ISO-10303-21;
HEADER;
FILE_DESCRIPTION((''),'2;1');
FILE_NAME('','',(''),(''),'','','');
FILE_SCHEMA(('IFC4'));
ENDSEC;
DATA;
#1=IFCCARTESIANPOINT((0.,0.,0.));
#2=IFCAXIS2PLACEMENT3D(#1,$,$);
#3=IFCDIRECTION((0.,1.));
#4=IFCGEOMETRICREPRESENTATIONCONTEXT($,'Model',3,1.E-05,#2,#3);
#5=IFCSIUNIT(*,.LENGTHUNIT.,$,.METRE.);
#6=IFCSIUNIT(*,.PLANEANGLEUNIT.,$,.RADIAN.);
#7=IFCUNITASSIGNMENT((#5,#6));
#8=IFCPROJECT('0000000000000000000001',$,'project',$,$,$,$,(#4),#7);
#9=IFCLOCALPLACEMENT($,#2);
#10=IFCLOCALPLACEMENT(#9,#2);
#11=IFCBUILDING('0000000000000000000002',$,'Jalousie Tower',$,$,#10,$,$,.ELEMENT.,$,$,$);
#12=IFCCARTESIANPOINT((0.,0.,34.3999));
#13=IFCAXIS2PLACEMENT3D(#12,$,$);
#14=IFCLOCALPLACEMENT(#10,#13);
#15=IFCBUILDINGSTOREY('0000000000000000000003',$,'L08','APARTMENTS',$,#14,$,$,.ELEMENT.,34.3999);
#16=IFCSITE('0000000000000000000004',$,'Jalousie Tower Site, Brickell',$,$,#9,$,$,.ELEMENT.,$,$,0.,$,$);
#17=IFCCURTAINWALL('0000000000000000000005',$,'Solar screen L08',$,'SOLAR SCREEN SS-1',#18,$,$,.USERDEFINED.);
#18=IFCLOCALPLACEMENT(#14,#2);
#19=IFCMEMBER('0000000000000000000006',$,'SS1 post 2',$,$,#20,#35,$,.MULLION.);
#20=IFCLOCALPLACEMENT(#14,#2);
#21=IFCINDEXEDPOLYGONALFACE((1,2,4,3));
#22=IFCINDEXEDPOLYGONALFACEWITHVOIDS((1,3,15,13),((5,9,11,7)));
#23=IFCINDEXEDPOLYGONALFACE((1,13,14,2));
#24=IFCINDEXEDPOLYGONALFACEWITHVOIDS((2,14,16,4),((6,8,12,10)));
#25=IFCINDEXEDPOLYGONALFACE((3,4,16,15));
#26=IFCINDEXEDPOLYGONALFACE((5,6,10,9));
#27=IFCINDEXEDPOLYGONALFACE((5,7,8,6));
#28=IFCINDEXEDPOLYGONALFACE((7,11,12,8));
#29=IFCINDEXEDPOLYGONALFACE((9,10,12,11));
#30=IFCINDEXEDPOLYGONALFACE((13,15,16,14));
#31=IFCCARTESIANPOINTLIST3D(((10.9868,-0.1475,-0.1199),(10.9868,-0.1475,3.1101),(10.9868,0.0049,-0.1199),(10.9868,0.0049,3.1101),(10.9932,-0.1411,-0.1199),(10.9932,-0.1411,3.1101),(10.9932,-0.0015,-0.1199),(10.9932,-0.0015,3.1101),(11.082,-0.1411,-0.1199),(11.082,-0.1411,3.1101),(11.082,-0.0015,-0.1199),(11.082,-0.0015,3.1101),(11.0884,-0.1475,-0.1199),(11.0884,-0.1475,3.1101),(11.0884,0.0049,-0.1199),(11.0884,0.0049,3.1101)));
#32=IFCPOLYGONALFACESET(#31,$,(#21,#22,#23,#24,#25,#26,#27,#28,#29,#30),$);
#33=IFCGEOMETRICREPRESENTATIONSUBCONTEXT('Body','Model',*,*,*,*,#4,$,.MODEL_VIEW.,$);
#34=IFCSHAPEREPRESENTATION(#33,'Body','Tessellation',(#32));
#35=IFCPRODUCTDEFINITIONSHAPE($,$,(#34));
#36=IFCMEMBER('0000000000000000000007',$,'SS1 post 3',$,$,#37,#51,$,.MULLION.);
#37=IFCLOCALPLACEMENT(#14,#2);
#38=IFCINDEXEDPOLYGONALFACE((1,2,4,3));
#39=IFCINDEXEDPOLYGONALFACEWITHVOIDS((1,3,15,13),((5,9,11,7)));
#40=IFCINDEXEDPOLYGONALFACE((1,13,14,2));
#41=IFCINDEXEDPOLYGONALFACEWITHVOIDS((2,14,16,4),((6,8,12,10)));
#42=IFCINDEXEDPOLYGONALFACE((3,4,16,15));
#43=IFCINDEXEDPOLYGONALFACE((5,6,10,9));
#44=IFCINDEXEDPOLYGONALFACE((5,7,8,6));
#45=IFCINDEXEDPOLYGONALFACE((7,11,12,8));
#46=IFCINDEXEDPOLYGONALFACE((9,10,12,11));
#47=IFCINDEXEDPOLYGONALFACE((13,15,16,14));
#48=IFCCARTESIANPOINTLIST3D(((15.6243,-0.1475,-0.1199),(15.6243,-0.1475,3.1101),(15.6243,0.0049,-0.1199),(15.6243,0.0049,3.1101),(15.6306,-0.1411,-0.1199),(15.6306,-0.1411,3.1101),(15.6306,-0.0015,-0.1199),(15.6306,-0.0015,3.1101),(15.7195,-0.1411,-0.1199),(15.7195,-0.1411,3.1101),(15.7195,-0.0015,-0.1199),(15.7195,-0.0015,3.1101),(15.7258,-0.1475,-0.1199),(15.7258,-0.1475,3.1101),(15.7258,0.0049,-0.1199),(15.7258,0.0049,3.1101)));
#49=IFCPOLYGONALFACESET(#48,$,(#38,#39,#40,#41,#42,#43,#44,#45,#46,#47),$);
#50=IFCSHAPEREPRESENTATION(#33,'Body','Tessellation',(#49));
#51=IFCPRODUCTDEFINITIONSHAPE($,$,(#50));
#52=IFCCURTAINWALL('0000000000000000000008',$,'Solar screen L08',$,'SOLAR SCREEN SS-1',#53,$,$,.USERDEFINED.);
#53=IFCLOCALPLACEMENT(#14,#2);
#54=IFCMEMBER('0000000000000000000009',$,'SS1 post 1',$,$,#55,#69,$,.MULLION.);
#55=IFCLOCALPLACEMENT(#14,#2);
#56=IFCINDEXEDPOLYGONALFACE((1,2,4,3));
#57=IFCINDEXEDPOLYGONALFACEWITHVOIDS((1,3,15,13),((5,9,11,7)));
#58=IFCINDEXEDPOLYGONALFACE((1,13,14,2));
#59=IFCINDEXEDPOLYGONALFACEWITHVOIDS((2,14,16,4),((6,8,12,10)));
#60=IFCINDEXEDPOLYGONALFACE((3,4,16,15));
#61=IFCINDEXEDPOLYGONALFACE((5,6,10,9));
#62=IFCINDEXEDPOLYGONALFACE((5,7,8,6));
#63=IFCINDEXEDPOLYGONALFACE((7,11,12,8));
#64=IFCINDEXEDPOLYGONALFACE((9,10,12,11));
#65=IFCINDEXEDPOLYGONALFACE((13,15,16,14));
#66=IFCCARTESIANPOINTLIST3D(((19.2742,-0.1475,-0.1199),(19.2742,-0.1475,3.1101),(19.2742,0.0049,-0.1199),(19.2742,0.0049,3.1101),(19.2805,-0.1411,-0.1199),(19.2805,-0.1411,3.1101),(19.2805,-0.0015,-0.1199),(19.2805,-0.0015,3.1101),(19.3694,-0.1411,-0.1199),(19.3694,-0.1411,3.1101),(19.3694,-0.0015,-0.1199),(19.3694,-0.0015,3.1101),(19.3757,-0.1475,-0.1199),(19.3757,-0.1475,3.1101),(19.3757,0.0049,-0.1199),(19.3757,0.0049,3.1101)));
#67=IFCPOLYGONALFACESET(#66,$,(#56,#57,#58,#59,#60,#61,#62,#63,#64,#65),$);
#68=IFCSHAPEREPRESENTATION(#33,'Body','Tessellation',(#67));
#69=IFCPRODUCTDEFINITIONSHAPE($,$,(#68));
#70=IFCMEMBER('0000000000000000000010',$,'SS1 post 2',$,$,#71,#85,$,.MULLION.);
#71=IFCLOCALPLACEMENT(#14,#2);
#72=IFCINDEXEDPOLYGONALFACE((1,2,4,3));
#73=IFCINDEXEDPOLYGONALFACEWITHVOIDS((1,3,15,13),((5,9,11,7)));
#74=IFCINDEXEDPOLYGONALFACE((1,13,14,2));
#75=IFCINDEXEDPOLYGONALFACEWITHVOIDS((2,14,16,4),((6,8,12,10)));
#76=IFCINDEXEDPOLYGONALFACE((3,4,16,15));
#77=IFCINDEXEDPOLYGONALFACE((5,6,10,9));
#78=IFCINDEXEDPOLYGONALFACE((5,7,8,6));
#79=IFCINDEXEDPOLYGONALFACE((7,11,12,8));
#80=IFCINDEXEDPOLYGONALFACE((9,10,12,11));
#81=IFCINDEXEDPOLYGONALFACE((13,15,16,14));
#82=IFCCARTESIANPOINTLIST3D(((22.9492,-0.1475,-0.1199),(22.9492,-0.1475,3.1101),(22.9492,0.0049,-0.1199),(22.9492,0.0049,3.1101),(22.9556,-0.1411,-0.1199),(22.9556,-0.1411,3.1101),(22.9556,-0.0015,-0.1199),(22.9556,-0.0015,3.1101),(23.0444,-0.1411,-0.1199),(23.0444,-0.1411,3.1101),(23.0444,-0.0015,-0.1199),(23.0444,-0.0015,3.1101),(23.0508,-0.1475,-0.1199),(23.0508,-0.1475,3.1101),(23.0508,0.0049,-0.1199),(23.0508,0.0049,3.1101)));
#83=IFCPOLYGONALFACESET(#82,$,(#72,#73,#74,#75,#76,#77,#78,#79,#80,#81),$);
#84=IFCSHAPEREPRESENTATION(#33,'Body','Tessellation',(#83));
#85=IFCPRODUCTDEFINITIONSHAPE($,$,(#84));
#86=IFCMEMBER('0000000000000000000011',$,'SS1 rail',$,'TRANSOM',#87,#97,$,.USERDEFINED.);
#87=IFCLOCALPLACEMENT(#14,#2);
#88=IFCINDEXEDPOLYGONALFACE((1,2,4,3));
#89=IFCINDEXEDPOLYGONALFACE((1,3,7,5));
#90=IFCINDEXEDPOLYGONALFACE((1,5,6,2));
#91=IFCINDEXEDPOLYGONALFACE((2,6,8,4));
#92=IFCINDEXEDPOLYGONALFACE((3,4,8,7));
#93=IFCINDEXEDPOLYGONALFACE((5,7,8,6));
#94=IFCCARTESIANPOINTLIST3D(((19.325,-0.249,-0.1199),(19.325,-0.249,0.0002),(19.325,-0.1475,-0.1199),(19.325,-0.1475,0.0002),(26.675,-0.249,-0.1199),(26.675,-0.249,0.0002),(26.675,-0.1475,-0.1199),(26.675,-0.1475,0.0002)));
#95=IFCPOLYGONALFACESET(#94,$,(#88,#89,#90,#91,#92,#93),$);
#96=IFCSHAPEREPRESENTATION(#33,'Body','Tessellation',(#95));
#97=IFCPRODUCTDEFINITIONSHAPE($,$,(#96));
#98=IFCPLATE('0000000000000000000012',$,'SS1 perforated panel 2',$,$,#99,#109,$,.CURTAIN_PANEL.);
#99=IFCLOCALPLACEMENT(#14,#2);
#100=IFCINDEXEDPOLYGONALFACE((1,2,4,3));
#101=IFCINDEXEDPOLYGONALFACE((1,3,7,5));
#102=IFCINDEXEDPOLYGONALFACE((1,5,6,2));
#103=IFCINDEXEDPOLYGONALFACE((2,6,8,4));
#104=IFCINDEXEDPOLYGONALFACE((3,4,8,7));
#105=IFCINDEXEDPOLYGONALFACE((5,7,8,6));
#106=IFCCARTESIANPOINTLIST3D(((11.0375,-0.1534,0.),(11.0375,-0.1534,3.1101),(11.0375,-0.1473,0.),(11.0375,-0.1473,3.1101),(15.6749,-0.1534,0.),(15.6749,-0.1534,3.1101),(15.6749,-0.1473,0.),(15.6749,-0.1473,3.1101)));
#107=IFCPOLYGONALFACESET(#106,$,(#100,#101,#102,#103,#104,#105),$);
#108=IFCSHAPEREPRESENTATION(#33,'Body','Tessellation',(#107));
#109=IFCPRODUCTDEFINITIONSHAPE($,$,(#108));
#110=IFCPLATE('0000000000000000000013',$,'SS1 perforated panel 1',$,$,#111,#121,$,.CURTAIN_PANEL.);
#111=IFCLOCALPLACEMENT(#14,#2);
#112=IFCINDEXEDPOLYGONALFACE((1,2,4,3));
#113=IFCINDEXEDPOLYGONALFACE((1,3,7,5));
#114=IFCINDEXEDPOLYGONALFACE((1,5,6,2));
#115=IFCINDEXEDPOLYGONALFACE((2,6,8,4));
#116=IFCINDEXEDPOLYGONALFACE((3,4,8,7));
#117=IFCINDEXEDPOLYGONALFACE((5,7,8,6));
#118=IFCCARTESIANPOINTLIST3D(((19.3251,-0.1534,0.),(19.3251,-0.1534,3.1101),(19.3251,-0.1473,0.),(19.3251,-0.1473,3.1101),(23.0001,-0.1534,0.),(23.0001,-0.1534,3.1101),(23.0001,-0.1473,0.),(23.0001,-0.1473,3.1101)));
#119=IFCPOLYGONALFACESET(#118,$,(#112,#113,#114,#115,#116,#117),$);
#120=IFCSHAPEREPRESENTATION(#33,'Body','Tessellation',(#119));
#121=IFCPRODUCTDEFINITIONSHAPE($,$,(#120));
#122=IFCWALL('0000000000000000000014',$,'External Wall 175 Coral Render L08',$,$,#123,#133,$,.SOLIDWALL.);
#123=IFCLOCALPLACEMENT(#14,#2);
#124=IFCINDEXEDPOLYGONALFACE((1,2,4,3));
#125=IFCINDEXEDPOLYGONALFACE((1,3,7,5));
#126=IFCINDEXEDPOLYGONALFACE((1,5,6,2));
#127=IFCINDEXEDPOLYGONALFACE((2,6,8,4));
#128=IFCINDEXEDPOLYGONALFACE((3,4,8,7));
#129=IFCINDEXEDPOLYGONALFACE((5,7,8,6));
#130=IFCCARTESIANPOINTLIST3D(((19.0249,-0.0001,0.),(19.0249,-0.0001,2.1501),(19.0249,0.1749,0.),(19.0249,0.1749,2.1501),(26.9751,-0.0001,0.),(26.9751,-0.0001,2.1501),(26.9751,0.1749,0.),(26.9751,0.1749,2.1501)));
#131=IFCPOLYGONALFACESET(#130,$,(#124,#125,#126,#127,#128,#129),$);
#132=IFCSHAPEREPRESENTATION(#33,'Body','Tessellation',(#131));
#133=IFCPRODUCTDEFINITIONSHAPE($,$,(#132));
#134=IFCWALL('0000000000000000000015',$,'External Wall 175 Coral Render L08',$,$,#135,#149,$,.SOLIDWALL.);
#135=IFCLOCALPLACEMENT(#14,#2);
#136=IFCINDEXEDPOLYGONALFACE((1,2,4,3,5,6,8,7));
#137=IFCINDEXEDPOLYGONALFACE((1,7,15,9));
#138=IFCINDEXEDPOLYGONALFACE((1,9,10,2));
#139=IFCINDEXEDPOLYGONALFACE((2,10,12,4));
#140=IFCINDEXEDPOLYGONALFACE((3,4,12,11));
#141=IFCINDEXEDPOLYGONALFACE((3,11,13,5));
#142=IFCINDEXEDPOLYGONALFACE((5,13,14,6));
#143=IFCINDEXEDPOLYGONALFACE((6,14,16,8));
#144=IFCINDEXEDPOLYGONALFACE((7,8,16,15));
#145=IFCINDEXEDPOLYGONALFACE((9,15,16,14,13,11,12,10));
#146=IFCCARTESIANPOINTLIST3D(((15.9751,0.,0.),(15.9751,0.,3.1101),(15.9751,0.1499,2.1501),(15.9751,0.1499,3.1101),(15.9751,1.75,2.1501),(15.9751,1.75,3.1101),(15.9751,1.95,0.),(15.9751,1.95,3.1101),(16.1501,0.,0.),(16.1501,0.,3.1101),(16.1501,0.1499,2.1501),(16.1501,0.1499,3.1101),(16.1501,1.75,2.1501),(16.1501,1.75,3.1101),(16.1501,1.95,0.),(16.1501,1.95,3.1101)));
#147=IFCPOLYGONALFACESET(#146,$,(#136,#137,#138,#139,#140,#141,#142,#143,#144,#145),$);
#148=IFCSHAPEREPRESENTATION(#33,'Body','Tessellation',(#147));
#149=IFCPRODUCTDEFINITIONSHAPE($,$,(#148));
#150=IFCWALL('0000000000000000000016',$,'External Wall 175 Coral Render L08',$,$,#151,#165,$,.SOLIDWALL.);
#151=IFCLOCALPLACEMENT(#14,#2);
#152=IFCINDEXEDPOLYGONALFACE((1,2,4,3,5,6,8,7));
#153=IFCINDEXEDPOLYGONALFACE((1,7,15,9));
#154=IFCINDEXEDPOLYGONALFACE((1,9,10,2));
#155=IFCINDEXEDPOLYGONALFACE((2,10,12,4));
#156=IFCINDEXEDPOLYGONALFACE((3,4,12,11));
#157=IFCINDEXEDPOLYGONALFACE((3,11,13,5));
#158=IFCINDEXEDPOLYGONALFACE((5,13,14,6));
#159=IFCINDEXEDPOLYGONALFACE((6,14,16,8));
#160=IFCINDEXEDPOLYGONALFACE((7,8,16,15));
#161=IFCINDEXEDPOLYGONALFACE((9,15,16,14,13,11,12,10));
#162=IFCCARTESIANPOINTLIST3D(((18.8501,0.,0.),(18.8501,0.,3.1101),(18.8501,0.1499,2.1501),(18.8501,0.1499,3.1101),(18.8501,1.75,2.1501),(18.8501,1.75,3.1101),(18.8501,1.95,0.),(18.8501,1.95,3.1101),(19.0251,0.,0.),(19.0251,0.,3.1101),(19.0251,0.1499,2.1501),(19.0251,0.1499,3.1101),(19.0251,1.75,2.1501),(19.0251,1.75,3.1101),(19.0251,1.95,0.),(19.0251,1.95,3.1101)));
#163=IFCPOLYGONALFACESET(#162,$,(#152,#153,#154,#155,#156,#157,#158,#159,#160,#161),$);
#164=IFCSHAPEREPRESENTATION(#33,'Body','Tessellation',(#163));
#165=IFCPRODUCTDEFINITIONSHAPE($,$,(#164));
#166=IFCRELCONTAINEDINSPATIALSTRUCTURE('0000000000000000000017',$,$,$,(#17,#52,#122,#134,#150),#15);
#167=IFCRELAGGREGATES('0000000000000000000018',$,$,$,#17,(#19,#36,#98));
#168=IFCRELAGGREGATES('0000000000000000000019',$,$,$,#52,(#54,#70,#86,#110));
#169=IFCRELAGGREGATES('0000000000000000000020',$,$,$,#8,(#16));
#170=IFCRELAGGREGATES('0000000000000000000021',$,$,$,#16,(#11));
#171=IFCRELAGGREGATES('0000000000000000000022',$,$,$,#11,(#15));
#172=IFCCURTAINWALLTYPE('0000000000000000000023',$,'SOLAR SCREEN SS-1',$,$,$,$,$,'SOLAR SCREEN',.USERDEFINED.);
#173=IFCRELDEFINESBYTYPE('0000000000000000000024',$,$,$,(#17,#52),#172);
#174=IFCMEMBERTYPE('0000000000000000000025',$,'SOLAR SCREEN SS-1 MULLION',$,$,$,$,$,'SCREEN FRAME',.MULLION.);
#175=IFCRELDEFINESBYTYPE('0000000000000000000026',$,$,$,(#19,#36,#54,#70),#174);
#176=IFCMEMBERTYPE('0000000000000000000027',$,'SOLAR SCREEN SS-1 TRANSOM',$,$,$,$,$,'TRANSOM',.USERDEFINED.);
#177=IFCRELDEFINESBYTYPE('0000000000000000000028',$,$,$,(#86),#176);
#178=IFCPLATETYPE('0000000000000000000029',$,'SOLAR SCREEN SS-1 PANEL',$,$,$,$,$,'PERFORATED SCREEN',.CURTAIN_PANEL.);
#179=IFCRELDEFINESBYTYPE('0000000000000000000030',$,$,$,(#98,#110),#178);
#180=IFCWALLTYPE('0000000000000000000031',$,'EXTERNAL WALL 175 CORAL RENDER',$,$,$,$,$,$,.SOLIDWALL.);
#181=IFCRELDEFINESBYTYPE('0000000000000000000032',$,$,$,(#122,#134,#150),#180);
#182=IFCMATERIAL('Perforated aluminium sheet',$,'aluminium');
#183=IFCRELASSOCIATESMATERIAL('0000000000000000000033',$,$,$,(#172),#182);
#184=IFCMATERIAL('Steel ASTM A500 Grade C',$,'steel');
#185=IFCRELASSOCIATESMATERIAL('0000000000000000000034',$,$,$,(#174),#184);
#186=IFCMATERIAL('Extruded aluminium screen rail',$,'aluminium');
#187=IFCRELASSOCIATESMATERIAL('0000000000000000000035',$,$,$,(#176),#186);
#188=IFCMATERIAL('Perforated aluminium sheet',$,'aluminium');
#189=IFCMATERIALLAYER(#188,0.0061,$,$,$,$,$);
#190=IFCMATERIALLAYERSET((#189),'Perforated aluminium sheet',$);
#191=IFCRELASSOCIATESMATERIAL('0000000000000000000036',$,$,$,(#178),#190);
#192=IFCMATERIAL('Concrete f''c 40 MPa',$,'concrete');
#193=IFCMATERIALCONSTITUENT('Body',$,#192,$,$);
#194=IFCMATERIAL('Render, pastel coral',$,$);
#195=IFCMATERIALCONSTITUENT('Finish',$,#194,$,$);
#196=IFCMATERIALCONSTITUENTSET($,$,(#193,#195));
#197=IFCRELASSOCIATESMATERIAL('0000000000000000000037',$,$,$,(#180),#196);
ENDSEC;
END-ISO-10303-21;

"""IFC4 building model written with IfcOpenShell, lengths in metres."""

from ifc_helpers import new_model, si_unit, direction, frame, frame_2d, origin, origin_2d, place, context, subcontext, project, spatial, polyline, rectangle, hollow_rectangle, outline, extrude, material, layer, layer_set, constituent, constituent_set, material_profile, profile_set, type_object, element, aggregate, save


model = new_model("IFC4")

# Units and contexts
model_context = context("Model", 3, precision=1e-05, world=origin(), true_north=direction((0.0, 1.0)))
body_context = subcontext(model_context, "Body", "Model", "MODEL_VIEW")
ifc_project = project(units=[si_unit("LENGTHUNIT", "METRE"), si_unit("PLANEANGLEUNIT", "RADIAN")], contexts=[model_context])

# Site, building, storey
site_placement = place(None, origin())
site = spatial("IfcSite", under=ifc_project, at=site_placement, Name="Jalousie Tower Site, Brickell", CompositionType="ELEMENT", RefElevation=0.0)
building_placement = place(site_placement, origin())
building = spatial("IfcBuilding", under=site, at=building_placement, Name="Jalousie Tower", CompositionType="ELEMENT")
storey_placement = place(building_placement, frame((0.0, 0.0, 34.3999)))
storey = spatial("IfcBuildingStorey", under=building, at=storey_placement, Name="L08", Description="APARTMENTS", CompositionType="ELEMENT", Elevation=34.3999)

# Curtain walls, members
ifc_material_1 = material(Name="Perforated aluminium sheet", Category="aluminium")
curtain_wall_type = type_object("IfcCurtainWallType", Name="SOLAR SCREEN SS-1", ElementType="SOLAR SCREEN", PredefinedType="USERDEFINED", material=ifc_material_1)
curtain_wall_1_placement = place(storey_placement, origin())
curtain_wall_1 = element("IfcCurtainWall", 1, at=curtain_wall_1_placement, inside=storey, type_object=curtain_wall_type, Name="Solar screen L08", ObjectType="SOLAR SCREEN SS-1", PredefinedType="USERDEFINED")
ifc_material_2 = material(Name="Steel ASTM A500 Grade C", Category="steel")
ifc_material_profile_1 = material_profile(ifc_material_2, hollow_rectangle(XDim=0.1016, YDim=0.1523, WallThickness=0.0063, at=origin_2d()), Name="HSS6X4X1/4")
ifc_profile_set_1 = profile_set([ifc_material_profile_1], Name="Steel ASTM A500 Grade C")
member_type_1 = type_object("IfcMemberType", Name="SOLAR SCREEN SS-1 MULLION", ElementType="SCREEN FRAME", PredefinedType="MULLION", material=ifc_profile_set_1)
member_1_placement = place(storey_placement, frame((11.0376, -0.0713, -0.1199), z_axis=(0.0, 0.0, 1.0), x_axis=(1.0, 0.0, 0.0)))
member_1 = element("IfcMember", 2, at=member_1_placement, type_object=member_type_1, Name="SS1 post 2", PredefinedType="MULLION", context=body_context, shape_type="SweptSolid", body=[
    extrude(hollow_rectangle(XDim=0.1016, YDim=0.1523, WallThickness=0.0063, at=origin_2d()), origin(), (0.0, 0.0, 1.0), 3.23),
])
member_2_placement = place(storey_placement, frame((15.675, -0.0713, -0.1199), z_axis=(0.0, 0.0, 1.0), x_axis=(1.0, 0.0, 0.0)))
member_2 = element("IfcMember", 3, at=member_2_placement, type_object=member_type_1, Name="SS1 post 3", PredefinedType="MULLION", context=body_context, shape_type="SweptSolid", body=[
    extrude(hollow_rectangle(XDim=0.1016, YDim=0.1523, WallThickness=0.0063, at=origin_2d()), origin(), (0.0, 0.0, 1.0), 3.23),
])
curtain_wall_2_placement = place(storey_placement, origin())
curtain_wall_2 = element("IfcCurtainWall", 4, at=curtain_wall_2_placement, inside=storey, type_object=curtain_wall_type, Name="Solar screen L08", ObjectType="SOLAR SCREEN SS-1", PredefinedType="USERDEFINED")
member_3_placement = place(storey_placement, frame((19.325, -0.0713, -0.1199), z_axis=(0.0, 0.0, 1.0), x_axis=(1.0, 0.0, 0.0)))
member_3 = element("IfcMember", 5, at=member_3_placement, type_object=member_type_1, Name="SS1 post 1", PredefinedType="MULLION", context=body_context, shape_type="SweptSolid", body=[
    extrude(hollow_rectangle(XDim=0.1016, YDim=0.1523, WallThickness=0.0063, at=origin_2d()), origin(), (0.0, 0.0, 1.0), 3.23),
])
member_4_placement = place(storey_placement, frame((23.0, -0.0713, -0.1199), z_axis=(0.0, 0.0, 1.0), x_axis=(1.0, 0.0, 0.0)))
member_4 = element("IfcMember", 6, at=member_4_placement, type_object=member_type_1, Name="SS1 post 2", PredefinedType="MULLION", context=body_context, shape_type="SweptSolid", body=[
    extrude(hollow_rectangle(XDim=0.1016, YDim=0.1523, WallThickness=0.0063, at=origin_2d()), origin(), (0.0, 0.0, 1.0), 3.23),
])
ifc_material_3 = material(Name="Extruded aluminium screen rail", Category="aluminium")
ifc_material_profile_2 = material_profile(ifc_material_3, rectangle(XDim=0.1016, YDim=0.1201, at=origin_2d()), Name="RAIL 102x120")
ifc_profile_set_2 = profile_set([ifc_material_profile_2], Name="Extruded aluminium screen rail")
member_type_2 = type_object("IfcMemberType", Name="SOLAR SCREEN SS-1 TRANSOM", ElementType="TRANSOM", PredefinedType="USERDEFINED", material=ifc_profile_set_2)
member_5_placement = place(storey_placement, frame((19.325, -0.1982, -0.0598), z_axis=(1.0, 0.0, 0.0), x_axis=(0.0, 1.0, 0.0)))
member_5 = element("IfcMember", 7, at=member_5_placement, type_object=member_type_2, Name="SS1 rail", ObjectType="TRANSOM", PredefinedType="USERDEFINED", context=body_context, shape_type="SweptSolid", body=[
    extrude(rectangle(XDim=0.1016, YDim=0.1201, at=origin_2d()), origin(), (0.0, 0.0, 1.0), 7.3501),
])

# Plates
ifc_material_4 = material(Name="Perforated aluminium sheet", Category="aluminium")
ifc_layer_1 = layer(ifc_material_4, 0.0061)
ifc_layer_set_1 = layer_set([ifc_layer_1], Name="Perforated aluminium sheet")
plate_type = type_object("IfcPlateType", Name="SOLAR SCREEN SS-1 PANEL", ElementType="PERFORATED SCREEN", PredefinedType="CURTAIN_PANEL", material=ifc_layer_set_1)
plate_1_placement = place(storey_placement, frame((13.3562, -0.1504, 0.0), z_axis=(0.0, 0.0, 1.0), x_axis=(1.0, 0.0, 0.0)))
plate_1 = element("IfcPlate", 8, at=plate_1_placement, type_object=plate_type, Name="SS1 perforated panel 2", PredefinedType="CURTAIN_PANEL", context=body_context, shape_type="SweptSolid", body=[
    extrude(rectangle(XDim=4.6375, YDim=0.0061, at=origin_2d()), origin(), (0.0, 0.0, 1.0), 3.1101),
])
aggregate(curtain_wall_1, [member_1, member_2, plate_1])
plate_2_placement = place(storey_placement, frame((21.1626, -0.1504, 0.0), z_axis=(0.0, 0.0, 1.0), x_axis=(1.0, 0.0, 0.0)))
plate_2 = element("IfcPlate", 9, at=plate_2_placement, type_object=plate_type, Name="SS1 perforated panel 1", PredefinedType="CURTAIN_PANEL", context=body_context, shape_type="SweptSolid", body=[
    extrude(rectangle(XDim=3.675, YDim=0.0061, at=origin_2d()), origin(), (0.0, 0.0, 1.0), 3.1101),
])
aggregate(curtain_wall_2, [member_3, member_4, member_5, plate_2])

# Walls
ifc_material_5 = material(Name="Concrete f'c 40 MPa", Category="concrete")
ifc_constituent_1 = constituent(ifc_material_5, Name="Body")
ifc_material_6 = material(Name="Render, pastel coral")
ifc_constituent_2 = constituent(ifc_material_6, Name="Finish")
ifc_constituent_set_1 = constituent_set(constituents=[ifc_constituent_1, ifc_constituent_2])
wall_type_1 = type_object("IfcWallType", Name="EXTERNAL WALL 175 CORAL RENDER", PredefinedType="SOLIDWALL", material=ifc_constituent_set_1)
wall_1_placement = place(storey_placement, frame((19.0249, 0.0874, 0.0), z_axis=(0.0, 0.0, 1.0), x_axis=(1.0, 0.0, 0.0)))
element("IfcWall", 10, at=wall_1_placement, inside=storey, type_object=wall_type_1, Name="External Wall 175 Coral Render L08", PredefinedType="SOLIDWALL", context=body_context, shape_type="SweptSolid", body=[
    extrude(rectangle(XDim=7.9502, YDim=0.175, at=frame_2d((3.9751, 0.0))), origin(), (0.0, 0.0, 1.0), 2.1501),
])
for number, where, z_axis, x_axis, name in (
    (11, (16.0625, 0.0, 0.0), (0.0, 0.0, 1.0), (0.0, 1.0, 0.0), "External Wall 175 Coral Render L08"),
    (12, (18.9375, 0.0, 0.0), (0.0, 0.0, 1.0), (0.0, 1.0, 0.0), "External Wall 175 Coral Render L08"),
):
    element("IfcWall", number, at=place(storey_placement, frame(where, z_axis=z_axis, x_axis=x_axis)), inside=storey, type_object=wall_type_1, Name=name, PredefinedType="SOLIDWALL", context=body_context, shape_type="SweptSolid", body=[
        extrude(outline(polyline([(0.0, 0.0), (1.95, 0.0), (1.95, 3.1101), (1.75, 3.1101), (1.75, 2.1501), (0.1499, 2.1501), (0.1499, 3.1101), (0.0, 3.1101), (0.0, 0.0)])), frame((0.0, 0.0874, 0.0), z_axis=(0.0, -1.0, 0.0), x_axis=(1.0, 0.0, 0.0)), (0.0, 0.0, 1.0), 0.175),
    ])

save(model, "model.ifc")
